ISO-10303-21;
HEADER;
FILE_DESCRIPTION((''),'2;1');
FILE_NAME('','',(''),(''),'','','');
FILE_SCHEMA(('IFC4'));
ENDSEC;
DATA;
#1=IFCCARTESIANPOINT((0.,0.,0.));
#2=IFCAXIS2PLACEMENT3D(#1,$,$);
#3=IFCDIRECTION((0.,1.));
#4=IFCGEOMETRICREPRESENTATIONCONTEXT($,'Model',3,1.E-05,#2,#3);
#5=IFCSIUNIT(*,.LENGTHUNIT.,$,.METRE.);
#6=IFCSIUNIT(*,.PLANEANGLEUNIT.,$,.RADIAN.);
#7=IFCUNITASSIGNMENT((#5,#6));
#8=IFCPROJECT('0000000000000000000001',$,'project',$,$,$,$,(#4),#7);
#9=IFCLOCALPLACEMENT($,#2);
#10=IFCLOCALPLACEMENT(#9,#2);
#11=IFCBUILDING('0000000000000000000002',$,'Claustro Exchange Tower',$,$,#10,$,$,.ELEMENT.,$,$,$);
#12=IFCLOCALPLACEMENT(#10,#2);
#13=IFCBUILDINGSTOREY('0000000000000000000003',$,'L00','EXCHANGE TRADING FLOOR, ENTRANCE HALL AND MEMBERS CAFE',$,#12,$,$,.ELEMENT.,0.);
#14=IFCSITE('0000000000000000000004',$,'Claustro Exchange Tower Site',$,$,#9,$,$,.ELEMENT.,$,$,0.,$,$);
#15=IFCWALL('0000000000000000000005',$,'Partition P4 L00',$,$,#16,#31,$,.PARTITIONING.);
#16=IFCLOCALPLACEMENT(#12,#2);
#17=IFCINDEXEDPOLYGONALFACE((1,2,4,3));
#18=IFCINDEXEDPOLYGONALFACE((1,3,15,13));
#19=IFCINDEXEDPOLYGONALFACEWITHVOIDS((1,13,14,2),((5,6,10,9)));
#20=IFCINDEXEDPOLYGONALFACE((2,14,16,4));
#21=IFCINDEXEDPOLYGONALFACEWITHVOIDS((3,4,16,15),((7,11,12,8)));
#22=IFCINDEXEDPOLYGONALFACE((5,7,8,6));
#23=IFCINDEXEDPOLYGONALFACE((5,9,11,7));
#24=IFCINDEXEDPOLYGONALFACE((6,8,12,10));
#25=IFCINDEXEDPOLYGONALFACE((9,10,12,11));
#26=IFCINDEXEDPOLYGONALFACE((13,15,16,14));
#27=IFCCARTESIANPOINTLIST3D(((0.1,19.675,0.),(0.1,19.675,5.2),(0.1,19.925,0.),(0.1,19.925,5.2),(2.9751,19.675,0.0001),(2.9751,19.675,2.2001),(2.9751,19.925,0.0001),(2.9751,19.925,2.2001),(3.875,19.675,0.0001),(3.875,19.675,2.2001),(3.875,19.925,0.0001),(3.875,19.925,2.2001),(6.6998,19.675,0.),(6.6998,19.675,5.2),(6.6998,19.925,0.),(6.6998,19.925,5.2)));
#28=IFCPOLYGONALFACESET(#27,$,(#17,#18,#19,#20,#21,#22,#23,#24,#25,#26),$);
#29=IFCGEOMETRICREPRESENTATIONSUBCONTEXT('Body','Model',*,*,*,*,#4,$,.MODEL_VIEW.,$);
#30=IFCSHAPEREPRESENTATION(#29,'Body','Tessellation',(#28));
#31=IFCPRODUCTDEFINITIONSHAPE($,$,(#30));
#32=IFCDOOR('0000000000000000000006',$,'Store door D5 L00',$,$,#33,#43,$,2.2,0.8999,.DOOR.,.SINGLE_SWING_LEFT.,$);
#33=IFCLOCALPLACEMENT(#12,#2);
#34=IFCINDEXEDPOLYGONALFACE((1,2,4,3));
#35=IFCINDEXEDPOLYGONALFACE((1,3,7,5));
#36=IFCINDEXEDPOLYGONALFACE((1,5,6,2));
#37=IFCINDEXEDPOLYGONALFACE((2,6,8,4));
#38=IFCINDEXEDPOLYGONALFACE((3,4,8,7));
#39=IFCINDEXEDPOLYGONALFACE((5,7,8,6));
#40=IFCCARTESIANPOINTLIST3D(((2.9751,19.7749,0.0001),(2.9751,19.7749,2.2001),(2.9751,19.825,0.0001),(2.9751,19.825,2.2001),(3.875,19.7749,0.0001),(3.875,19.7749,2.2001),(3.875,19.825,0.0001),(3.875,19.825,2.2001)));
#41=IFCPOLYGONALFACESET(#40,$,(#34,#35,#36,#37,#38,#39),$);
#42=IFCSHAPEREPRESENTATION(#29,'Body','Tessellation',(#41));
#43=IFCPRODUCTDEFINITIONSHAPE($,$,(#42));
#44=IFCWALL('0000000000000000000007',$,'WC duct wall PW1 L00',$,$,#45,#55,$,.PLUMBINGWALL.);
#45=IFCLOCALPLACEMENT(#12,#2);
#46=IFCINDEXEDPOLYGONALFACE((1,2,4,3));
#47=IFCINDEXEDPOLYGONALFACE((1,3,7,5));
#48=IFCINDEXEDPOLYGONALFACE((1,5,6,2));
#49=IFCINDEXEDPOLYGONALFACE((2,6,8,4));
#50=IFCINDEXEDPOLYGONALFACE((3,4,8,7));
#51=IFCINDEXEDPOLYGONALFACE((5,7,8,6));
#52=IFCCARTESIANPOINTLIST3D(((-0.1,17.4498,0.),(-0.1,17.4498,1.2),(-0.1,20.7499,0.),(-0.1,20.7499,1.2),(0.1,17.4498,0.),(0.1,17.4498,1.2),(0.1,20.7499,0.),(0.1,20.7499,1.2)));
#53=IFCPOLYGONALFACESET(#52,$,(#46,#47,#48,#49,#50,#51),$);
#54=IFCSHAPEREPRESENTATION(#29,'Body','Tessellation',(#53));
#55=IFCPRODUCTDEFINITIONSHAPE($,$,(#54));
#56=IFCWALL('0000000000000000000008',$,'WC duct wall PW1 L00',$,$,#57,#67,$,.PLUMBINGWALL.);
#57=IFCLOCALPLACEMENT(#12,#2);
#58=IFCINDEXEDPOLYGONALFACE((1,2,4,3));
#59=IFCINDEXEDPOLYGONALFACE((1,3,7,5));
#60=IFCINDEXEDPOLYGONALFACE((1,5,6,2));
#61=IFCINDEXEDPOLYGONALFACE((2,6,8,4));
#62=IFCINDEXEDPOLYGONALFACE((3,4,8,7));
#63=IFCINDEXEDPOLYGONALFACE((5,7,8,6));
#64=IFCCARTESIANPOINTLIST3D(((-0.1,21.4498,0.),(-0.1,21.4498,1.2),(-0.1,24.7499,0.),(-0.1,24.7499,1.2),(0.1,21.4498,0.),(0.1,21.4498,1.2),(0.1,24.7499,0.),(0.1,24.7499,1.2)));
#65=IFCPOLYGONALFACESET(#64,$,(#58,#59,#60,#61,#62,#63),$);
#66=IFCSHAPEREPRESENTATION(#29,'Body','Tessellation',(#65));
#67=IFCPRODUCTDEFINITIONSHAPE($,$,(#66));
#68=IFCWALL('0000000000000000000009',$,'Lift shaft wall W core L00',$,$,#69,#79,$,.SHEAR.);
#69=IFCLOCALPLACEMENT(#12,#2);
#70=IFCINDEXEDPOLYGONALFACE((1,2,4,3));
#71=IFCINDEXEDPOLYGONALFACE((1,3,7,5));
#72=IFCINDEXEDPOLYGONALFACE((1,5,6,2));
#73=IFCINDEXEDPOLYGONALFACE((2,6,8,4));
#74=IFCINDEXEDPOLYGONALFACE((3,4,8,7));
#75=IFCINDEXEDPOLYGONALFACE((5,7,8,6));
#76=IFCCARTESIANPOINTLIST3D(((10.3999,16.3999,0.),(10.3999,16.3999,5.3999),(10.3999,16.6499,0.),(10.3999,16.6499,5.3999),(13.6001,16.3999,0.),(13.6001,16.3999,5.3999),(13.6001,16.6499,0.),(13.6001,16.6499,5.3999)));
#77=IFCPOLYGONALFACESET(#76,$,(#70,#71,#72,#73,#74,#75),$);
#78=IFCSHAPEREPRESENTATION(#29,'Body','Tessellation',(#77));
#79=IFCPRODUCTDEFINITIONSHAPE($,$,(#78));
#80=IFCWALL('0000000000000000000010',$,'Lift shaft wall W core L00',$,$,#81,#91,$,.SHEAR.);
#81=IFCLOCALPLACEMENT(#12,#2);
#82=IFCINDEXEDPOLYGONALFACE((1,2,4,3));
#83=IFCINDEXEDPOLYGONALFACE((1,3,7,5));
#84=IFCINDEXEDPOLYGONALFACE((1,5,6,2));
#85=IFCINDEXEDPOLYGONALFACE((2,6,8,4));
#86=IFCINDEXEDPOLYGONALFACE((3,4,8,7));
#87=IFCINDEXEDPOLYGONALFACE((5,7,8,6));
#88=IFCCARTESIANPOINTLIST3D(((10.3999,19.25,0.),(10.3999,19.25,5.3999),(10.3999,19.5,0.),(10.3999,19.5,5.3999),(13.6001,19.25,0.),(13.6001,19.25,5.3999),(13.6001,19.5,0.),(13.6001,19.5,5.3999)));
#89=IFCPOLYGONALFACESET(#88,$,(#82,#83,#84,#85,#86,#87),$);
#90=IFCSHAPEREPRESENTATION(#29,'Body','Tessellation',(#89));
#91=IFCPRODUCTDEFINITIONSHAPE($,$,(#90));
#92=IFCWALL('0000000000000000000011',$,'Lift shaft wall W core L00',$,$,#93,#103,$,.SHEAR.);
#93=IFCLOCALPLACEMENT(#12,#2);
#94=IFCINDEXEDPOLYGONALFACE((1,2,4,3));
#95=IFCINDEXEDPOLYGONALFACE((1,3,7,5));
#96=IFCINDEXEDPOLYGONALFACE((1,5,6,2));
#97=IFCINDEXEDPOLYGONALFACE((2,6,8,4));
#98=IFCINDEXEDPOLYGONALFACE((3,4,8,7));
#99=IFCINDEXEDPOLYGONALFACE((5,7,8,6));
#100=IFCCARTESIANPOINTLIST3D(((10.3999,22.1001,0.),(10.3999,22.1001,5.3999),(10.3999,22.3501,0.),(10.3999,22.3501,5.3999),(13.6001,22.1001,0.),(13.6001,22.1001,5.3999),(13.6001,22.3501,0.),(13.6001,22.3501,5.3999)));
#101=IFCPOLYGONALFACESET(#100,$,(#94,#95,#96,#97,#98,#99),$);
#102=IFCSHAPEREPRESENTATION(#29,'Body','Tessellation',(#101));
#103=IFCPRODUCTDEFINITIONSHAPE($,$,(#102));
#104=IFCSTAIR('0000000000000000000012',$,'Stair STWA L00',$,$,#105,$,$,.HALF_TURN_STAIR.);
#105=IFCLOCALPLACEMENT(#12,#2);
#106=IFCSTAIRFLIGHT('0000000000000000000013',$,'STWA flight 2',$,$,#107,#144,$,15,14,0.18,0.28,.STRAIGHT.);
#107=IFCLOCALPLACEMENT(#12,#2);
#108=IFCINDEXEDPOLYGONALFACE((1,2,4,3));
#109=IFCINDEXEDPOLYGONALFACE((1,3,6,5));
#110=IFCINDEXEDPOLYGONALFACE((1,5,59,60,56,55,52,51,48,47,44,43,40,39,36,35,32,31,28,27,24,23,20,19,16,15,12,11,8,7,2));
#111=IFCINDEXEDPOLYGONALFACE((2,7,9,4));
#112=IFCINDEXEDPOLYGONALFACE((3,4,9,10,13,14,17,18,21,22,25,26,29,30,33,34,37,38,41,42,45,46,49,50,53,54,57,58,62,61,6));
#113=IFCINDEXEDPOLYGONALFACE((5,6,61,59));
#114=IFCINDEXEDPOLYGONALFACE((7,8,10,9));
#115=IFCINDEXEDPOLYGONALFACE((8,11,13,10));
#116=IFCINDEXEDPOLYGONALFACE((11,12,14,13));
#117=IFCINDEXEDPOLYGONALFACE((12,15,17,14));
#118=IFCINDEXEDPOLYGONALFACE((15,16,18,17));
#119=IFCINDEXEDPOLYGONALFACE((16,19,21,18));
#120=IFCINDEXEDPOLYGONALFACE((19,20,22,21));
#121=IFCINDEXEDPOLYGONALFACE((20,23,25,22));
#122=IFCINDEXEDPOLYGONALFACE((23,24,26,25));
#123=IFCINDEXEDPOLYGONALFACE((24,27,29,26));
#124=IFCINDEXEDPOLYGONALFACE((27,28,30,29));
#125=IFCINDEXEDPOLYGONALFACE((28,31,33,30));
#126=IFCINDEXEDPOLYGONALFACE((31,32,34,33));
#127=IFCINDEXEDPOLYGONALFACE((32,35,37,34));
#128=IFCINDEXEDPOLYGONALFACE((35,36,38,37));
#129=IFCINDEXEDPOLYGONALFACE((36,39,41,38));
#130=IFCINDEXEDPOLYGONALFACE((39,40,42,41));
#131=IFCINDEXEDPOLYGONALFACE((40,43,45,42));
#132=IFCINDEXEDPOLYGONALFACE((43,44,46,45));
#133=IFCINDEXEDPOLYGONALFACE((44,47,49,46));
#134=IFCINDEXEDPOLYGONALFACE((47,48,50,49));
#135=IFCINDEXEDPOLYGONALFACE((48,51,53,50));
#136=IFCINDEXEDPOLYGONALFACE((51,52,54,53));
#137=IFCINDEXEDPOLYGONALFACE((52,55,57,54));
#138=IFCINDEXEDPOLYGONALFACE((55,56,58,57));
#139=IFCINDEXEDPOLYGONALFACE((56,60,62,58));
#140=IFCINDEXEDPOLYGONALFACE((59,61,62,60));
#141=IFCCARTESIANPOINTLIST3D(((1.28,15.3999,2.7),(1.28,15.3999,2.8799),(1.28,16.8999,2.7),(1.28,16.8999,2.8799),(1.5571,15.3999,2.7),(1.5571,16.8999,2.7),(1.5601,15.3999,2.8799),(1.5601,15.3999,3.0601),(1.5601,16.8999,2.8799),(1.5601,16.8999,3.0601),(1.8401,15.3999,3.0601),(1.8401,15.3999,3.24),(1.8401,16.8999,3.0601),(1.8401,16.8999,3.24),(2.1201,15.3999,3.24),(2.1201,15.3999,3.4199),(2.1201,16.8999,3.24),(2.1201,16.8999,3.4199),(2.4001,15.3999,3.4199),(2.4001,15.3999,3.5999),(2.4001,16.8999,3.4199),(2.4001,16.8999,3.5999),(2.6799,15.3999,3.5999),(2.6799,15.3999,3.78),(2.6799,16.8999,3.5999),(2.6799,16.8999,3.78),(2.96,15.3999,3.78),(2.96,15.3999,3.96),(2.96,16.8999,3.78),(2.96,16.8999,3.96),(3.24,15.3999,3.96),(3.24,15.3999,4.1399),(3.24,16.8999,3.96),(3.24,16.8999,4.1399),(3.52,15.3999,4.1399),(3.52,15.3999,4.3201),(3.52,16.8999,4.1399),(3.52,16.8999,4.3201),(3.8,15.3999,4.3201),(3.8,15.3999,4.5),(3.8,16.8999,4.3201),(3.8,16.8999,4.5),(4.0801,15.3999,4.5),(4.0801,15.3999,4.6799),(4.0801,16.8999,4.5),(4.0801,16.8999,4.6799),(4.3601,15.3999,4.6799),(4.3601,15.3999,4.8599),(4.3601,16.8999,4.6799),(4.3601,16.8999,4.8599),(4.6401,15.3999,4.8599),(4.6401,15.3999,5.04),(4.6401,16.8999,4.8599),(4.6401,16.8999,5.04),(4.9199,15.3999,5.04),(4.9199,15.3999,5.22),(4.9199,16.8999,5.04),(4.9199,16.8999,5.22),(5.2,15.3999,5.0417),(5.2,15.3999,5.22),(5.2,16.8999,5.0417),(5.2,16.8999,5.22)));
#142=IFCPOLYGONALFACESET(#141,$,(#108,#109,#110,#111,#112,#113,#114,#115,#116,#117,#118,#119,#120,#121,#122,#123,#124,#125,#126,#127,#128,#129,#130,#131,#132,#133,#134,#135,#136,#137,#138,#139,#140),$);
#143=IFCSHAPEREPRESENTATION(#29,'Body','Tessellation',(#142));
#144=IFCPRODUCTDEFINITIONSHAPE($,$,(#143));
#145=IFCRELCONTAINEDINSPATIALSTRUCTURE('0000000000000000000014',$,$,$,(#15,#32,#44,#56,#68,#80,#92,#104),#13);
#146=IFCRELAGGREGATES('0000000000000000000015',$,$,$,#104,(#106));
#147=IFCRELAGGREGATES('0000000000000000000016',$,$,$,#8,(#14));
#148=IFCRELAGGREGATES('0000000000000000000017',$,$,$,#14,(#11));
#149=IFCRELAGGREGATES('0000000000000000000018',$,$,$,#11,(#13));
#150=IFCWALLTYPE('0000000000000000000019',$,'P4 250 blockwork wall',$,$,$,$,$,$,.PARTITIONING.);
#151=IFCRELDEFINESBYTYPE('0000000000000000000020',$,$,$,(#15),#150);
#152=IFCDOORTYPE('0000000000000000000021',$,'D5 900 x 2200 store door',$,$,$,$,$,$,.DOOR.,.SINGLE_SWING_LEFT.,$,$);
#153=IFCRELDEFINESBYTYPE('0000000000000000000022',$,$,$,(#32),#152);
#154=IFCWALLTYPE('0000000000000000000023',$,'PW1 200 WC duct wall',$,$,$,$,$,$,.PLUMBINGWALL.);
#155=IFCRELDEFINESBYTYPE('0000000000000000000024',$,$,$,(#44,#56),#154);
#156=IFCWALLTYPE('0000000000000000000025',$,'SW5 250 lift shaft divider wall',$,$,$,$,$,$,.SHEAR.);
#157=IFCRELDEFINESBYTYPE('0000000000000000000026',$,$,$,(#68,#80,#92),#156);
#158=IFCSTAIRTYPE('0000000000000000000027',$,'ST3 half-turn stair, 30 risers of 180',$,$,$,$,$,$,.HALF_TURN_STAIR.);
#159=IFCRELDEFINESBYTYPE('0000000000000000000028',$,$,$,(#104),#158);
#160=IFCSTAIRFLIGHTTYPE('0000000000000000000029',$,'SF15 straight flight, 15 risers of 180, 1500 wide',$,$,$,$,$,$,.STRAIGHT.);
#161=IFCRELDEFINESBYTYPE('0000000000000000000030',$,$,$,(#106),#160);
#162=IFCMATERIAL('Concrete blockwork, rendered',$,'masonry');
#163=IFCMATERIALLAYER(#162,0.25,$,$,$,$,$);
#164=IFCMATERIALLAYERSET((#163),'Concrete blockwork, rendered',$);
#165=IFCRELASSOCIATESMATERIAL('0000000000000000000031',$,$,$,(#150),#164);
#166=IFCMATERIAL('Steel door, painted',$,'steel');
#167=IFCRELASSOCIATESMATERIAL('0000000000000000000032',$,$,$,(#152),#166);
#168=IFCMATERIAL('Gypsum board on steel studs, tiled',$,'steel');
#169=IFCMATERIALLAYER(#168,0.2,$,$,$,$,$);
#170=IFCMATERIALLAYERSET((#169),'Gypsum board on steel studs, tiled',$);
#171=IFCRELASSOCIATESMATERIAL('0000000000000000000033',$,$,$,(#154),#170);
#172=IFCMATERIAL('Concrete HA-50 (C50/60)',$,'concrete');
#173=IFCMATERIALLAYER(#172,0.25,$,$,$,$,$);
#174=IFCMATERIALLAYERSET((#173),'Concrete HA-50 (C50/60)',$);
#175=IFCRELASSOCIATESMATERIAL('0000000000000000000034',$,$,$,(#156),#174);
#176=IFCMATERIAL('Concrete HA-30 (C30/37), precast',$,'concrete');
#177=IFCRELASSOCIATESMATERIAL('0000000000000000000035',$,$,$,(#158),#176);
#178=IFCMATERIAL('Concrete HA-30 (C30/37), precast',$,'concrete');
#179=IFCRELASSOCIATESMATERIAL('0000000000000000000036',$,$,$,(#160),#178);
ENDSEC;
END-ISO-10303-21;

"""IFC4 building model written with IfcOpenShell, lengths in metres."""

from ifc_helpers import new_model, si_unit, direction, frame, frame_2d, origin, place, context, subcontext, project, spatial, polyline, rectangle, outline, extrude, material, layer, layer_set, type_object, element, fill, aggregate, save


model = new_model("IFC4")

# Units and contexts
model_context = context("Model", 3, precision=1e-05, world=origin(), true_north=direction((0.0, 1.0)))
body_context = subcontext(model_context, "Body", "Model", "MODEL_VIEW")
ifc_project = project(units=[si_unit("LENGTHUNIT", "METRE"), si_unit("PLANEANGLEUNIT", "RADIAN")], contexts=[model_context])

# Site, building, storey
site_placement = place(None, origin())
site = spatial("IfcSite", under=ifc_project, at=site_placement, Name="Claustro Exchange Tower Site", CompositionType="ELEMENT", RefElevation=0.0)
building_placement = place(site_placement, origin())
building = spatial("IfcBuilding", under=site, at=building_placement, Name="Claustro Exchange Tower", CompositionType="ELEMENT")
storey_placement = place(building_placement, origin())
storey = spatial("IfcBuildingStorey", under=building, at=storey_placement, Name="L00", Description="EXCHANGE TRADING FLOOR, ENTRANCE HALL AND MEMBERS CAFE", CompositionType="ELEMENT", Elevation=0.0)

# Wall, opening, door
ifc_material_1 = material(Name="Concrete blockwork, rendered", Category="masonry")
ifc_layer_1 = layer(ifc_material_1, 0.25)
ifc_layer_set_1 = layer_set([ifc_layer_1], Name="Concrete blockwork, rendered")
wall_type_1 = type_object("IfcWallType", Name="P4 250 blockwork wall", PredefinedType="PARTITIONING", material=ifc_layer_set_1)
wall_placement = place(storey_placement, frame((0.1001, 19.8, 0.0), z_axis=(0.0, 0.0, 1.0), x_axis=(1.0, 0.0, 0.0)))
wall = element("IfcWall", 1, at=wall_placement, inside=storey, type_object=wall_type_1, Name="Partition P4 L00", PredefinedType="PARTITIONING", context=body_context, shape_type="SweptSolid", body=[
    extrude(rectangle(XDim=6.5999, YDim=0.25, at=frame_2d((3.2998, 0.0))), origin(), (0.0, 0.0, 1.0), 5.2),
])
opening_placement = place(wall_placement, frame((2.875, 0.0, 0.0)))
opening = element("IfcOpeningElement", 2, at=opening_placement, cuts=wall, PredefinedType="OPENING", context=body_context, shape_type="SweptSolid", body=[
    extrude(rectangle(XDim=0.8999, YDim=2.2, at=frame_2d((0.45, 1.1001))), frame((0.0, 0.135, 0.0), z_axis=(0.0, -1.0, 0.0), x_axis=(1.0, 0.0, 0.0)), (0.0, 0.0, 1.0), 0.27),
])
ifc_material_2 = material(Name="Steel door, painted", Category="steel")
door_type = type_object("IfcDoorType", Name="D5 900 x 2200 store door", OperationType="SINGLE_SWING_LEFT", PredefinedType="DOOR", material=ifc_material_2)
door_placement = place(opening_placement, origin())
door = element("IfcDoor", 3, at=door_placement, inside=storey, type_object=door_type, Name="Store door D5 L00", OperationType="SINGLE_SWING_LEFT", OverallHeight=2.2, OverallWidth=0.8999, PredefinedType="DOOR", context=body_context, shape_type="SweptSolid", body=[
    extrude(rectangle(XDim=0.8999, YDim=2.2, at=frame_2d((0.45, 1.1001))), frame((0.0, 0.0249, 0.0), z_axis=(0.0, -1.0, 0.0), x_axis=(1.0, 0.0, 0.0)), (0.0, 0.0, 1.0), 0.05),
])
fill(opening, door)

# Walls
ifc_material_3 = material(Name="Gypsum board on steel studs, tiled", Category="steel")
ifc_layer_2 = layer(ifc_material_3, 0.2)
ifc_layer_set_2 = layer_set([ifc_layer_2], Name="Gypsum board on steel studs, tiled")
wall_type_2 = type_object("IfcWallType", Name="PW1 200 WC duct wall", PredefinedType="PLUMBINGWALL", material=ifc_layer_set_2)
for number, where, z_axis, x_axis, name in (
    (4, (0.0, 17.45, 0.0), (0.0, 0.0, 1.0), (0.0, 1.0, 0.0), "WC duct wall PW1 L00"),
    (5, (0.0, 21.45, 0.0), (0.0, 0.0, 1.0), (0.0, 1.0, 0.0), "WC duct wall PW1 L00"),
):
    element("IfcWall", number, at=place(storey_placement, frame(where, z_axis=z_axis, x_axis=x_axis)), inside=storey, type_object=wall_type_2, Name=name, PredefinedType="PLUMBINGWALL", context=body_context, shape_type="SweptSolid", body=[
        extrude(rectangle(XDim=3.3, YDim=0.2, at=frame_2d((1.6499, 0.0))), origin(), (0.0, 0.0, 1.0), 1.2),
    ])
ifc_material_4 = material(Name="Concrete HA-50 (C50/60)", Category="concrete")
ifc_layer_3 = layer(ifc_material_4, 0.25)
ifc_layer_set_3 = layer_set([ifc_layer_3], Name="Concrete HA-50 (C50/60)")
wall_type_3 = type_object("IfcWallType", Name="SW5 250 lift shaft divider wall", PredefinedType="SHEAR", material=ifc_layer_set_3)
for number, where, z_axis, x_axis, name in (
    (6, (10.3999, 16.5249, 0.0), (0.0, 0.0, 1.0), (1.0, 0.0, 0.0), "Lift shaft wall W core L00"),
    (7, (10.3999, 19.375, 0.0), (0.0, 0.0, 1.0), (1.0, 0.0, 0.0), "Lift shaft wall W core L00"),
    (8, (10.3999, 22.2251, 0.0), (0.0, 0.0, 1.0), (1.0, 0.0, 0.0), "Lift shaft wall W core L00"),
):
    element("IfcWall", number, at=place(storey_placement, frame(where, z_axis=z_axis, x_axis=x_axis)), inside=storey, type_object=wall_type_3, Name=name, PredefinedType="SHEAR", context=body_context, shape_type="SweptSolid", body=[
        extrude(rectangle(XDim=3.2002, YDim=0.25, at=frame_2d((1.6001, 0.0))), origin(), (0.0, 0.0, 1.0), 5.3999),
    ])

# Stair, stair flight
ifc_material_5 = material(Name="Concrete HA-30 (C30/37), precast", Category="concrete")
stair_type = type_object("IfcStairType", Name="ST3 half-turn stair, 30 risers of 180", PredefinedType="HALF_TURN_STAIR", material=ifc_material_5)
stair_placement = place(storey_placement, origin())
stair = element("IfcStair", 9, at=stair_placement, inside=storey, type_object=stair_type, Name="Stair STWA L00", PredefinedType="HALF_TURN_STAIR")
ifc_material_6 = material(Name="Concrete HA-30 (C30/37), precast", Category="concrete")
stair_flight_type = type_object("IfcStairFlightType", Name="SF15 straight flight, 15 risers of 180, 1500 wide", PredefinedType="STRAIGHT", material=ifc_material_6)
stair_flight_placement = place(storey_placement, frame((1.28, 16.1499, 2.7), z_axis=(0.0, 0.0, 1.0), x_axis=(1.0, 0.0, 0.0)))
stair_flight = element("IfcStairFlight", 10, at=stair_flight_placement, type_object=stair_flight_type, Name="STWA flight 2", NumberOfRisers=15, NumberOfTreads=14, PredefinedType="STRAIGHT", RiserHeight=0.18, TreadLength=0.28, context=body_context, shape_type="SweptSolid", body=[
    extrude(outline(polyline([(0.0, 0.0), (0.0, 0.1799), (0.28, 0.1799), (0.28, 0.3601), (0.5601, 0.3601), (0.5601, 0.54), (0.8401, 0.54), (0.8401, 0.72), (1.1201, 0.72), (1.1201, 0.8999), (1.3999, 0.8999), (1.3999, 1.0801), (1.6799, 1.0801), (1.6799, 1.26), (1.96, 1.26), (1.96, 1.4399), (2.24, 1.4399), (2.24, 1.6201), (2.52, 1.6201), (2.52, 1.8), (2.8, 1.8), (2.8, 1.98), (3.0801, 1.98), (3.0801, 2.1599), (3.3601, 2.1599), (3.3601, 2.3401), (3.6399, 2.3401), (3.6399, 2.52), (3.9199, 2.52), (3.9199, 2.7), (3.9199, 2.3418), (0.2771, 0.0), (0.0, 0.0)])), frame((0.0, 0.75, 0.0), z_axis=(0.0, -1.0, 0.0), x_axis=(1.0, 0.0, 0.0)), (0.0, 0.0, 1.0), 1.5),
])
aggregate(stair, [stair_flight])

save(model, "model.ifc")
